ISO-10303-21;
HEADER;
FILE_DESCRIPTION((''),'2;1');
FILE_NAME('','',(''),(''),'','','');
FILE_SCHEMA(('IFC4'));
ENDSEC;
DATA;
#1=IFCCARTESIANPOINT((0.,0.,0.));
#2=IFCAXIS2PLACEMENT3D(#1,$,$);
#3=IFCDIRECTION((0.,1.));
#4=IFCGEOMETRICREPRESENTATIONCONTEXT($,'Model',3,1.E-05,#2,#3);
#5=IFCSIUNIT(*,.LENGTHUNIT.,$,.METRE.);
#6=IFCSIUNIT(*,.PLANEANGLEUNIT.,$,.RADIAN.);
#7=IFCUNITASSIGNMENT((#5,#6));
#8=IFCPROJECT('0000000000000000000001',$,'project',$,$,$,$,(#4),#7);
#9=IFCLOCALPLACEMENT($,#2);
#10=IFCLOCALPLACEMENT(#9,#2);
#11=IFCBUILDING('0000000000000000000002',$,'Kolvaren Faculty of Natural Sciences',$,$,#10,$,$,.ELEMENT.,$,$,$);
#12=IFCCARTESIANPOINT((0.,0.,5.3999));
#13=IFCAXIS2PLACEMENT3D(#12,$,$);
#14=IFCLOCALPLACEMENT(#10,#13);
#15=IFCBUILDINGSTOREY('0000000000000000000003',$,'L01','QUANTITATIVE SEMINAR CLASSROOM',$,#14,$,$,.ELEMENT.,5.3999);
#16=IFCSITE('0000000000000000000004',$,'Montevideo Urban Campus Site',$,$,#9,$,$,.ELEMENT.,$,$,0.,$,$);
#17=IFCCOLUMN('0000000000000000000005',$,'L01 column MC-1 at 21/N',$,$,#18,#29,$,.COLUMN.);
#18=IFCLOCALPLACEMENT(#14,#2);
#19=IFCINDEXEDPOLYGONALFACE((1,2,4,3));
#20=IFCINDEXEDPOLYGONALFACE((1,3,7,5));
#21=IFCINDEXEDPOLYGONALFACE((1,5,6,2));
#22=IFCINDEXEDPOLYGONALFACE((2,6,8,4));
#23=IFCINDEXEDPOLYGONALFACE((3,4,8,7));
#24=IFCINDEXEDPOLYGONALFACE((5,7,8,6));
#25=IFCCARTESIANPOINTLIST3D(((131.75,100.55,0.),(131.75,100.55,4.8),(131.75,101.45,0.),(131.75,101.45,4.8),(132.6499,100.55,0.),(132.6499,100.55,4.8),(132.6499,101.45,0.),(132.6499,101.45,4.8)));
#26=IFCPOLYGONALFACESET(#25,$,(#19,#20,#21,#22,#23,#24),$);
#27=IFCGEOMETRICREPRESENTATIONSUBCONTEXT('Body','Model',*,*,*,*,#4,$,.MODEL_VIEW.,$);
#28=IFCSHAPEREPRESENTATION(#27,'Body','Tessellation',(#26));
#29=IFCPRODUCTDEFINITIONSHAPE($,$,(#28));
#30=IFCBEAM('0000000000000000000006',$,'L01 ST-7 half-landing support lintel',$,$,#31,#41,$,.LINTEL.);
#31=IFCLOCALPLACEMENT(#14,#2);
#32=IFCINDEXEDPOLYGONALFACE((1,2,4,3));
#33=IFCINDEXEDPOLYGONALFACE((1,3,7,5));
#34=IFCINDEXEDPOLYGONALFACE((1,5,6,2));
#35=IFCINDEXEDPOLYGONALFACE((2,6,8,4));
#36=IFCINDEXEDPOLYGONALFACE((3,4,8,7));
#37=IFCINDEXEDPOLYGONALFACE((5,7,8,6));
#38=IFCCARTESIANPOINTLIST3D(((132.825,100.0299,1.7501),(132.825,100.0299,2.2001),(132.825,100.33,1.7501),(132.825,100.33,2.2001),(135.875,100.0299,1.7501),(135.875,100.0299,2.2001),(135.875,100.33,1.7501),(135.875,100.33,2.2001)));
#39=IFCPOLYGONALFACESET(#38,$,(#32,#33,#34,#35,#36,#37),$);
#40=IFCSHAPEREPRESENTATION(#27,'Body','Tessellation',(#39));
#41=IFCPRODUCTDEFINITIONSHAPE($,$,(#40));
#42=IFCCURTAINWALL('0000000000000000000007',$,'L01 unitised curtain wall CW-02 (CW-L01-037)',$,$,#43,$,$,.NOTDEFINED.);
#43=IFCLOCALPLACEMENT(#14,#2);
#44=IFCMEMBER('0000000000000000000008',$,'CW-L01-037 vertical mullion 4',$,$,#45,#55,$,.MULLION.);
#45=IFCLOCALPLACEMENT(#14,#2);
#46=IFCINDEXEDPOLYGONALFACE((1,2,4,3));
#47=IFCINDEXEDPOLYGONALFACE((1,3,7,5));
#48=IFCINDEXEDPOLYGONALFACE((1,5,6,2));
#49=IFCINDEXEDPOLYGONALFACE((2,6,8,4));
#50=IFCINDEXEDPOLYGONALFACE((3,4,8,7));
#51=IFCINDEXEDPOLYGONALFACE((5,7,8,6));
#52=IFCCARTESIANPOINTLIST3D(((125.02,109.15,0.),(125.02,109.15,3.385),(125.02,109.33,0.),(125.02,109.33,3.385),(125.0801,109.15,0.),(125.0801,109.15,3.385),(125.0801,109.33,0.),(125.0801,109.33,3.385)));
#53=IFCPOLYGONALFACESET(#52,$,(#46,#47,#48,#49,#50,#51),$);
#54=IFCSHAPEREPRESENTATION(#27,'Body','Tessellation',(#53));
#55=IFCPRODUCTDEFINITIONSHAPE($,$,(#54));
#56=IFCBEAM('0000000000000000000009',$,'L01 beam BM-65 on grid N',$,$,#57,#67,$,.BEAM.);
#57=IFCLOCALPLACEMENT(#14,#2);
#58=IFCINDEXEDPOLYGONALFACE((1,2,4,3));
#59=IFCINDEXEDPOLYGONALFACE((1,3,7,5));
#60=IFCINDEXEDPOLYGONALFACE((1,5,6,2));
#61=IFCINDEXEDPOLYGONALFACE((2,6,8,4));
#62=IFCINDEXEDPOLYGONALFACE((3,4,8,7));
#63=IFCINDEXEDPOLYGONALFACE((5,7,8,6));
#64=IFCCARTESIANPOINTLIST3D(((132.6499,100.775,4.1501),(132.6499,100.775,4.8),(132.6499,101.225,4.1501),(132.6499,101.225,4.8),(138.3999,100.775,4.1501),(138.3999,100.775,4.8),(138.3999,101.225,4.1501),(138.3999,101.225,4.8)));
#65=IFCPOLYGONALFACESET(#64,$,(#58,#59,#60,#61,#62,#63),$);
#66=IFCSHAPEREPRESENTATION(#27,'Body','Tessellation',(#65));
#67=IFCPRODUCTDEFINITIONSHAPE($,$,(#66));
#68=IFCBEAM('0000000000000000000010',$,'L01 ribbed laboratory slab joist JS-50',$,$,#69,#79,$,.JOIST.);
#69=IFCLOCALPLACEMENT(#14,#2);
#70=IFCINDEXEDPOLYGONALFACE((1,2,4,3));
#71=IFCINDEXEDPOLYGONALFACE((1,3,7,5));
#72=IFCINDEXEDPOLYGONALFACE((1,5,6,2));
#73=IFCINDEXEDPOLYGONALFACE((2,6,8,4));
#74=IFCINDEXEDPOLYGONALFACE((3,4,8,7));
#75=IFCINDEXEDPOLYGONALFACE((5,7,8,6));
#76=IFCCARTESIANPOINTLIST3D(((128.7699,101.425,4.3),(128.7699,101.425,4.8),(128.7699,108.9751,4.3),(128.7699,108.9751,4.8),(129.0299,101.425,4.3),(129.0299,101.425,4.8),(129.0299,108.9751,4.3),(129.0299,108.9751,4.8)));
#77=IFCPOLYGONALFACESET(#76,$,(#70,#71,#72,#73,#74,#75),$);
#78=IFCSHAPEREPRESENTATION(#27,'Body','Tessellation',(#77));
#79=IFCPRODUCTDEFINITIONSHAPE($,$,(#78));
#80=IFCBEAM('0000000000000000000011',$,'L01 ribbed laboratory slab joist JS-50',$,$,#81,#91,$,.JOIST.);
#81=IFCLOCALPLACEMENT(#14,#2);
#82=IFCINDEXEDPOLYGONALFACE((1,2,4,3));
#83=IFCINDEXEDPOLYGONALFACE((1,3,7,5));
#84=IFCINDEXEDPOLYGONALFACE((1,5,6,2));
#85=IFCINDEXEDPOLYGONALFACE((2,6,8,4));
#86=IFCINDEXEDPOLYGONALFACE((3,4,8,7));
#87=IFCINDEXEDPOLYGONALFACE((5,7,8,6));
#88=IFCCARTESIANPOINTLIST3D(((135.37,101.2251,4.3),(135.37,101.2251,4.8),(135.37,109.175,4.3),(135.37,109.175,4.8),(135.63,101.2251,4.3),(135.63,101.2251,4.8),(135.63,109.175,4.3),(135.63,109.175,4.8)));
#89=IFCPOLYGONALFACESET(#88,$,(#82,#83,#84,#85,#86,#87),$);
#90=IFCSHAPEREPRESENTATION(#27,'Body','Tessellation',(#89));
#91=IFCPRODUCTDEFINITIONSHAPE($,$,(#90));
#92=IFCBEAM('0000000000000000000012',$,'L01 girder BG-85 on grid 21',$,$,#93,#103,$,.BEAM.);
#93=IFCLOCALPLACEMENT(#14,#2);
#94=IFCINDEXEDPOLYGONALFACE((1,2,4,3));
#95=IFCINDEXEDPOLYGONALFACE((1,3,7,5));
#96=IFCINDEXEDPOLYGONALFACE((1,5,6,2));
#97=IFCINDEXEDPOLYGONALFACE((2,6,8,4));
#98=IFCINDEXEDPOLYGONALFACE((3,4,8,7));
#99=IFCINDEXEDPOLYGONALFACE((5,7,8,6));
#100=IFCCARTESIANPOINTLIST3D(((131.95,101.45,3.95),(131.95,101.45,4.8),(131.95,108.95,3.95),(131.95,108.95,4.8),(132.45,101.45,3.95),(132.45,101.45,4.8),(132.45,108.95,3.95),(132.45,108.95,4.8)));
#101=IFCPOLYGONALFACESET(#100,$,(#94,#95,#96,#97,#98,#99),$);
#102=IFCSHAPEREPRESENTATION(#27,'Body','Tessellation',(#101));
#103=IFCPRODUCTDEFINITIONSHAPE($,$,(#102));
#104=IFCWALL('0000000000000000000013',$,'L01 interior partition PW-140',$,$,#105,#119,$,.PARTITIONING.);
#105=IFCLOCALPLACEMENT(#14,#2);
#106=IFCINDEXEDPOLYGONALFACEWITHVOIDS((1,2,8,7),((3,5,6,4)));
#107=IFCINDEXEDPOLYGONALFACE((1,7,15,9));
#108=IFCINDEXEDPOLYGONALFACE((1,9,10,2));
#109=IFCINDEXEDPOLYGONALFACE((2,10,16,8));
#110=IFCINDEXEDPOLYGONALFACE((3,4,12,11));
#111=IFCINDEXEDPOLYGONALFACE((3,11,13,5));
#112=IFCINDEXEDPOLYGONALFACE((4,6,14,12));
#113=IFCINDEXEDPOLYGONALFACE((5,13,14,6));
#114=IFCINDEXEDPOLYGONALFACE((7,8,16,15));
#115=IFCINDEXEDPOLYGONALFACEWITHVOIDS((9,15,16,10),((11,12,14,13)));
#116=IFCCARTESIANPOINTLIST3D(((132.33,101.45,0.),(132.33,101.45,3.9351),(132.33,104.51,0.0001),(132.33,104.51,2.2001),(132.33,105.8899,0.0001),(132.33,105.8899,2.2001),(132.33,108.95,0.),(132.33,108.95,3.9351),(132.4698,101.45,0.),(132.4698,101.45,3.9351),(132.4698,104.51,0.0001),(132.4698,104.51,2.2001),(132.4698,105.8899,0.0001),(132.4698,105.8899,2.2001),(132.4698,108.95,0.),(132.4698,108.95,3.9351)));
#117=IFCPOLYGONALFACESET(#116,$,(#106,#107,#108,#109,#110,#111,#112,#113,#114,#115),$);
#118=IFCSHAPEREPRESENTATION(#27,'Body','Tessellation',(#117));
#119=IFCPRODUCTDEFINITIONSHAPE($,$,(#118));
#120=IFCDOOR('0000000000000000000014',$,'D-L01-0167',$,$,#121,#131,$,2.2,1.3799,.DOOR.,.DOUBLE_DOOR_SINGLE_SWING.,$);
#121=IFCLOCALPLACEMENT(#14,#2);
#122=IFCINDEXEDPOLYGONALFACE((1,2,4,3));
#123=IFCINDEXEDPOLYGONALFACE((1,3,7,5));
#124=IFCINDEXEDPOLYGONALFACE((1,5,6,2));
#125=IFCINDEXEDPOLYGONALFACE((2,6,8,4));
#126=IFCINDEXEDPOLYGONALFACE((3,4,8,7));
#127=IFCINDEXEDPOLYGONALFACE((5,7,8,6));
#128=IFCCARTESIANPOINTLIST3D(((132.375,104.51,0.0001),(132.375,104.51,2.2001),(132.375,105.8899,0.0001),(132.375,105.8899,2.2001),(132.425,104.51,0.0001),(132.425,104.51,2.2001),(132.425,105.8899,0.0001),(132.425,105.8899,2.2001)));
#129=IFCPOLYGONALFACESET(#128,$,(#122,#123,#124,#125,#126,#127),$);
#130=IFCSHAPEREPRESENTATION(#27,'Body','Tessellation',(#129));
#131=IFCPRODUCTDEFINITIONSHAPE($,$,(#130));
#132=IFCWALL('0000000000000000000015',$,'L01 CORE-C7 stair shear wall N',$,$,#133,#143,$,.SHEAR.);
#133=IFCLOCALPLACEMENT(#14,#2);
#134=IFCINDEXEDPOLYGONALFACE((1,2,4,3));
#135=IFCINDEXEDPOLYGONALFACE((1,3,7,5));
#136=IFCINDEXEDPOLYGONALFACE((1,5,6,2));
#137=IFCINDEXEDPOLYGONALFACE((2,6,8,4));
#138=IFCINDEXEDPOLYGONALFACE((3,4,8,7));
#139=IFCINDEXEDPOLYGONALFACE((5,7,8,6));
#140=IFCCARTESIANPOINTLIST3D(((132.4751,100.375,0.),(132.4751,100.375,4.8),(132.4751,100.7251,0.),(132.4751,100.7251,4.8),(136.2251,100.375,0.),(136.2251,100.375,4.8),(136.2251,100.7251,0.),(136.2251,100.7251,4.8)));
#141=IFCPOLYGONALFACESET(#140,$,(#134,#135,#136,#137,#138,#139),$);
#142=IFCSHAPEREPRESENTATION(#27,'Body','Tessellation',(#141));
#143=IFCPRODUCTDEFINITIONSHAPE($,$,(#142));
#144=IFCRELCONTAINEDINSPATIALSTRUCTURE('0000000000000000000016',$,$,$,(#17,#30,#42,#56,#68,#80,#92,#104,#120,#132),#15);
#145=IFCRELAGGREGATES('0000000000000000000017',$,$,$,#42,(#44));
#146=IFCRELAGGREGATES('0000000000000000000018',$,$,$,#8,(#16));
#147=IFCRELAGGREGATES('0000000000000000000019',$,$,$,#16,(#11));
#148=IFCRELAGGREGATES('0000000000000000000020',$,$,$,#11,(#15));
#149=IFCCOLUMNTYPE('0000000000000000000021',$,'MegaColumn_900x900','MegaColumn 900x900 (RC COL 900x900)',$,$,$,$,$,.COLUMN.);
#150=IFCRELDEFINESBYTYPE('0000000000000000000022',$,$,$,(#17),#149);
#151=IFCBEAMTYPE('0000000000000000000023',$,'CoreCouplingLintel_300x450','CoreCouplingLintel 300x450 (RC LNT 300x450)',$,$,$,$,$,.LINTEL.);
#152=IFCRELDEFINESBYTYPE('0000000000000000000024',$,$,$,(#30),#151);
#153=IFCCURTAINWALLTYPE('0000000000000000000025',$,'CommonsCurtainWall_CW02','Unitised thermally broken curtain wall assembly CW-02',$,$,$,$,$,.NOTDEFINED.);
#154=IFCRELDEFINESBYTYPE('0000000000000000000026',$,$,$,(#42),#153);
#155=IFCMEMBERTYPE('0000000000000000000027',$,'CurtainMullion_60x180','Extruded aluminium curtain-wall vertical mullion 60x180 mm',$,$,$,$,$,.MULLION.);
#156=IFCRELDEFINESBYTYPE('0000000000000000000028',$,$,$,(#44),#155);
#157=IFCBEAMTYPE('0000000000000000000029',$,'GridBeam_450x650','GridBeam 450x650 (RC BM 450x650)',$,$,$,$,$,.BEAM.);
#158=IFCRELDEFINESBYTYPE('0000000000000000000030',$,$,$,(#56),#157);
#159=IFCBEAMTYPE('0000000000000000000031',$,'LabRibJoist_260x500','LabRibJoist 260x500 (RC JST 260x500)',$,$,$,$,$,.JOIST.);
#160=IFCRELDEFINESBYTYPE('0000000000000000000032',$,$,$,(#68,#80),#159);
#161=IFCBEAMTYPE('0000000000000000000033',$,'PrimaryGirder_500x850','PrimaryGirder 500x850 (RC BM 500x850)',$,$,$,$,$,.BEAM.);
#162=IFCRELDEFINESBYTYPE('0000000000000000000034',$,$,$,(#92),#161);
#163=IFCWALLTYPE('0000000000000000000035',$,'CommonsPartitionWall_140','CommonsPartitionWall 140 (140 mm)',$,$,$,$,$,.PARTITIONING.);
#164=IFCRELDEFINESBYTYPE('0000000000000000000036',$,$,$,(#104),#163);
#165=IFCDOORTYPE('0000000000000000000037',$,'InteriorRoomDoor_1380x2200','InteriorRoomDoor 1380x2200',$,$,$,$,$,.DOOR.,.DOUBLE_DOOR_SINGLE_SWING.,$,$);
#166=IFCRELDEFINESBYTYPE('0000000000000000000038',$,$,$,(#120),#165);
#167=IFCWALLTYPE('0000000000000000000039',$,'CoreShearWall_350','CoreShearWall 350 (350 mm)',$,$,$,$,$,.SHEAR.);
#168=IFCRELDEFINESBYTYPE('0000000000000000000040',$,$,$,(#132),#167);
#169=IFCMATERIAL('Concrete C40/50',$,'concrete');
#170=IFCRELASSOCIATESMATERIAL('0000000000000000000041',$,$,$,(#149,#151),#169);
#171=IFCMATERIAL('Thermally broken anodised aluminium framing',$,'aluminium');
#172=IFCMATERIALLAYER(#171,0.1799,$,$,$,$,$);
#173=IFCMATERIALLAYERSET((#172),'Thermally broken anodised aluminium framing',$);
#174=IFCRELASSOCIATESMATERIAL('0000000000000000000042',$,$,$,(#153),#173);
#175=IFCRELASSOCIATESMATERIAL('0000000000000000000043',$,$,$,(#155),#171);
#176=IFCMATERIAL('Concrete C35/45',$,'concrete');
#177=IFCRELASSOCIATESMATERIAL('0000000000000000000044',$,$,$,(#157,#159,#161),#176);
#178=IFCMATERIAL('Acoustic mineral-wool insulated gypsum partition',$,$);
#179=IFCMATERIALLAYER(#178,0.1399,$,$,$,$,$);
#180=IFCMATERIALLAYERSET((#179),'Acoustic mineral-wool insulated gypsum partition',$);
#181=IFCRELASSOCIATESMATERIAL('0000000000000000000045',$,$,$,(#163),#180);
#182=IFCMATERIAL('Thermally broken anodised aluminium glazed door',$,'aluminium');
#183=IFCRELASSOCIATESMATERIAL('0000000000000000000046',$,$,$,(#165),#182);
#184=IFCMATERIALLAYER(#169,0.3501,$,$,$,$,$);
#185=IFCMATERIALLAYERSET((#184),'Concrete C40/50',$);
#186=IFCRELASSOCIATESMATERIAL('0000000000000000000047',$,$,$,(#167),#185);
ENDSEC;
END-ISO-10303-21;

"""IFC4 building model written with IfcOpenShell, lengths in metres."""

from ifc_helpers import new_model, si_unit, direction, frame, frame_2d, origin, origin_2d, place, context, subcontext, project, spatial, rectangle, extrude, material, layer, layer_set, material_profile, profile_set, type_object, element, fill, aggregate, save


model = new_model("IFC4")

# Units and contexts
model_context = context("Model", 3, precision=1e-05, world=origin(), true_north=direction((0.0, 1.0)))
body_context = subcontext(model_context, "Body", "Model", "MODEL_VIEW")
ifc_project = project(units=[si_unit("LENGTHUNIT", "METRE"), si_unit("PLANEANGLEUNIT", "RADIAN")], contexts=[model_context])

# Site, building, storey
site_placement = place(None, origin())
site = spatial("IfcSite", under=ifc_project, at=site_placement, Name="Montevideo Urban Campus Site", CompositionType="ELEMENT", RefElevation=0.0)
building_placement = place(site_placement, origin())
building = spatial("IfcBuilding", under=site, at=building_placement, Name="Kolvaren Faculty of Natural Sciences", CompositionType="ELEMENT")
storey_placement = place(building_placement, frame((0.0, 0.0, 5.3999)))
storey = spatial("IfcBuildingStorey", under=building, at=storey_placement, Name="L01", Description="QUANTITATIVE SEMINAR CLASSROOM", CompositionType="ELEMENT", Elevation=5.3999)

# Column
ifc_material_1 = material(Name="Concrete C40/50", Category="concrete")
ifc_material_profile_1 = material_profile(ifc_material_1, rectangle(XDim=0.8999, YDim=0.8999, at=origin_2d()), Name="RC COL 900x900")
ifc_profile_set_1 = profile_set([ifc_material_profile_1], Name="Concrete C40/50")
column_type = type_object("IfcColumnType", Name="MegaColumn_900x900", Description="MegaColumn 900x900 (RC COL 900x900)", PredefinedType="COLUMN", material=ifc_profile_set_1)
column_placement = place(storey_placement, frame((132.2, 101.0, 0.0), z_axis=(0.0, 0.0, 1.0), x_axis=(1.0, 0.0, 0.0)))
element("IfcColumn", 1, at=column_placement, inside=storey, type_object=column_type, Name="L01 column MC-1 at 21/N", PredefinedType="COLUMN", context=body_context, shape_type="SweptSolid", body=[
    extrude(rectangle(XDim=0.8999, YDim=0.8999, at=origin_2d()), origin(), (0.0, 0.0, 1.0), 4.8),
])

# Beam
ifc_material_profile_2 = material_profile(ifc_material_1, rectangle(XDim=0.3, YDim=0.45, at=origin_2d()), Name="RC LNT 300x450")
ifc_profile_set_2 = profile_set([ifc_material_profile_2], Name="Concrete C40/50")
beam_type_1 = type_object("IfcBeamType", Name="CoreCouplingLintel_300x450", Description="CoreCouplingLintel 300x450 (RC LNT 300x450)", PredefinedType="LINTEL", material=ifc_profile_set_2)
beam_1_placement = place(storey_placement, frame((132.825, 100.1799, 1.9751), z_axis=(1.0, 0.0, 0.0), x_axis=(0.0, 1.0, 0.0)))
element("IfcBeam", 2, at=beam_1_placement, inside=storey, type_object=beam_type_1, Name="L01 ST-7 half-landing support lintel", PredefinedType="LINTEL", context=body_context, shape_type="SweptSolid", body=[
    extrude(rectangle(XDim=0.3, YDim=0.45, at=origin_2d()), origin(), (0.0, 0.0, 1.0), 3.05),
])

# Curtain wall, member
ifc_material_2 = material(Name="Thermally broken anodised aluminium framing", Category="aluminium")
ifc_layer_1 = layer(ifc_material_2, 0.1799)
ifc_layer_set_1 = layer_set([ifc_layer_1], Name="Thermally broken anodised aluminium framing")
curtain_wall_type = type_object("IfcCurtainWallType", Name="CommonsCurtainWall_CW02", Description="Unitised thermally broken curtain wall assembly CW-02", PredefinedType="NOTDEFINED", material=ifc_layer_set_1)
curtain_wall_placement = place(storey_placement, origin())
curtain_wall = element("IfcCurtainWall", 3, at=curtain_wall_placement, inside=storey, type_object=curtain_wall_type, Name="L01 unitised curtain wall CW-02 (CW-L01-037)", PredefinedType="NOTDEFINED")
ifc_material_profile_3 = material_profile(ifc_material_2, rectangle(XDim=0.0601, YDim=0.1799, at=origin_2d()), Name="ALU MUL 60x180")
ifc_profile_set_3 = profile_set([ifc_material_profile_3], Name="Thermally broken anodised aluminium framing")
member_type = type_object("IfcMemberType", Name="CurtainMullion_60x180", Description="Extruded aluminium curtain-wall vertical mullion 60x180 mm", PredefinedType="MULLION", material=ifc_profile_set_3)
member_placement = place(storey_placement, frame((125.05, 109.24, 0.0), z_axis=(0.0, 0.0, 1.0), x_axis=(1.0, 0.0, 0.0)))
member = element("IfcMember", 4, at=member_placement, type_object=member_type, Name="CW-L01-037 vertical mullion 4", PredefinedType="MULLION", context=body_context, shape_type="SweptSolid", body=[
    extrude(rectangle(XDim=0.0601, YDim=0.1799, at=origin_2d()), origin(), (0.0, 0.0, 1.0), 3.385),
])
aggregate(curtain_wall, [member])

# Beams
ifc_material_3 = material(Name="Concrete C35/45", Category="concrete")
ifc_material_profile_4 = material_profile(ifc_material_3, rectangle(XDim=0.45, YDim=0.6499, at=origin_2d()), Name="RC BM 450x650")
ifc_profile_set_4 = profile_set([ifc_material_profile_4], Name="Concrete C35/45")
beam_type_2 = type_object("IfcBeamType", Name="GridBeam_450x650", Description="GridBeam 450x650 (RC BM 450x650)", PredefinedType="BEAM", material=ifc_profile_set_4)
beam_2_placement = place(storey_placement, frame((132.6499, 101.0, 4.4751), z_axis=(1.0, 0.0, 0.0), x_axis=(0.0, 1.0, 0.0)))
element("IfcBeam", 5, at=beam_2_placement, inside=storey, type_object=beam_type_2, Name="L01 beam BM-65 on grid N", PredefinedType="BEAM", context=body_context, shape_type="SweptSolid", body=[
    extrude(rectangle(XDim=0.45, YDim=0.6499, at=origin_2d()), origin(), (0.0, 0.0, 1.0), 5.75),
])
ifc_material_profile_5 = material_profile(ifc_material_3, rectangle(XDim=0.26, YDim=0.5, at=origin_2d()), Name="RC JST 260x500")
ifc_profile_set_5 = profile_set([ifc_material_profile_5], Name="Concrete C35/45")
beam_type_3 = type_object("IfcBeamType", Name="LabRibJoist_260x500", Description="LabRibJoist 260x500 (RC JST 260x500)", PredefinedType="JOIST", material=ifc_profile_set_5)
beam_3_placement = place(storey_placement, frame((128.8999, 101.425, 4.55), z_axis=(0.0, 1.0, 0.0), x_axis=(-1.0, 0.0, 0.0)))
element("IfcBeam", 6, at=beam_3_placement, inside=storey, type_object=beam_type_3, Name="L01 ribbed laboratory slab joist JS-50", PredefinedType="JOIST", context=body_context, shape_type="SweptSolid", body=[
    extrude(rectangle(XDim=0.26, YDim=0.5, at=origin_2d()), origin(), (0.0, 0.0, 1.0), 7.55),
])
beam_4_placement = place(storey_placement, frame((135.5, 101.2251, 4.55), z_axis=(0.0, 1.0, 0.0), x_axis=(-1.0, 0.0, 0.0)))
element("IfcBeam", 7, at=beam_4_placement, inside=storey, type_object=beam_type_3, Name="L01 ribbed laboratory slab joist JS-50", PredefinedType="JOIST", context=body_context, shape_type="SweptSolid", body=[
    extrude(rectangle(XDim=0.26, YDim=0.5, at=origin_2d()), origin(), (0.0, 0.0, 1.0), 7.95),
])
ifc_material_profile_6 = material_profile(ifc_material_3, rectangle(XDim=0.5, YDim=0.8501, at=origin_2d()), Name="RC BM 500x850")
ifc_profile_set_6 = profile_set([ifc_material_profile_6], Name="Concrete C35/45")
beam_type_4 = type_object("IfcBeamType", Name="PrimaryGirder_500x850", Description="PrimaryGirder 500x850 (RC BM 500x850)", PredefinedType="BEAM", material=ifc_profile_set_6)
beam_5_placement = place(storey_placement, frame((132.2, 101.45, 4.375), z_axis=(0.0, 1.0, 0.0), x_axis=(-1.0, 0.0, 0.0)))
element("IfcBeam", 8, at=beam_5_placement, inside=storey, type_object=beam_type_4, Name="L01 girder BG-85 on grid 21", PredefinedType="BEAM", context=body_context, shape_type="SweptSolid", body=[
    extrude(rectangle(XDim=0.5, YDim=0.8501, at=origin_2d()), origin(), (0.0, 0.0, 1.0), 7.5),
])

# Wall, opening, door
ifc_material_4 = material(Name="Acoustic mineral-wool insulated gypsum partition")
ifc_layer_2 = layer(ifc_material_4, 0.1399)
ifc_layer_set_2 = layer_set([ifc_layer_2], Name="Acoustic mineral-wool insulated gypsum partition")
wall_type_1 = type_object("IfcWallType", Name="CommonsPartitionWall_140", Description="CommonsPartitionWall 140 (140 mm)", PredefinedType="PARTITIONING", material=ifc_layer_set_2)
wall_1_placement = place(storey_placement, frame((132.3999, 101.45, 0.0), z_axis=(0.0, 0.0, 1.0), x_axis=(0.0, 1.0, 0.0)))
wall_1 = element("IfcWall", 9, at=wall_1_placement, inside=storey, type_object=wall_type_1, Name="L01 interior partition PW-140", PredefinedType="PARTITIONING", context=body_context, shape_type="SweptSolid", body=[
    extrude(rectangle(XDim=7.5, YDim=0.1399, at=frame_2d((3.75, 0.0))), origin(), (0.0, 0.0, 1.0), 3.9351),
])
opening_1_placement = place(wall_1_placement, frame((3.0601, 0.0, 0.0)))
opening_1 = element("IfcOpeningElement", 10, at=opening_1_placement, cuts=wall_1, PredefinedType="OPENING", context=body_context, shape_type="SweptSolid", body=[
    extrude(rectangle(XDim=1.3799, YDim=2.2, at=frame_2d((0.6899, 1.1001))), frame((0.0, 0.0798, 0.0), z_axis=(0.0, -1.0, 0.0), x_axis=(1.0, 0.0, 0.0)), (0.0, 0.0, 1.0), 0.1599),
])
ifc_material_5 = material(Name="Thermally broken anodised aluminium glazed door", Category="aluminium")
door_type_1 = type_object("IfcDoorType", Name="InteriorRoomDoor_1380x2200", Description="InteriorRoomDoor 1380x2200", OperationType="DOUBLE_DOOR_SINGLE_SWING", PredefinedType="DOOR", material=ifc_material_5)
door_1_placement = place(opening_1_placement, origin())
door_1 = element("IfcDoor", 11, at=door_1_placement, inside=storey, type_object=door_type_1, Name="D-L01-0167", OperationType="DOUBLE_DOOR_SINGLE_SWING", OverallHeight=2.2, OverallWidth=1.3799, PredefinedType="DOOR", context=body_context, shape_type="SweptSolid", body=[
    extrude(rectangle(XDim=1.3799, YDim=2.2, at=frame_2d((0.6899, 1.1001))), frame((0.0, 0.0249, 0.0), z_axis=(0.0, -1.0, 0.0), x_axis=(1.0, 0.0, 0.0)), (0.0, 0.0, 1.0), 0.05),
])
fill(opening_1, door_1)

# Wall
ifc_layer_3 = layer(ifc_material_1, 0.3501)
ifc_layer_set_3 = layer_set([ifc_layer_3], Name="Concrete C40/50")
wall_type_2 = type_object("IfcWallType", Name="CoreShearWall_350", Description="CoreShearWall 350 (350 mm)", PredefinedType="SHEAR", material=ifc_layer_set_3)
wall_2_placement = place(storey_placement, frame((132.4751, 100.55, 0.0), z_axis=(0.0, 0.0, 1.0), x_axis=(1.0, 0.0, 0.0)))
element("IfcWall", 12, at=wall_2_placement, inside=storey, type_object=wall_type_2, Name="L01 CORE-C7 stair shear wall N", PredefinedType="SHEAR", context=body_context, shape_type="SweptSolid", body=[
    extrude(rectangle(XDim=3.75, YDim=0.3501, at=frame_2d((1.875, 0.0))), origin(), (0.0, 0.0, 1.0), 4.8),
])

save(model, "model.ifc")
